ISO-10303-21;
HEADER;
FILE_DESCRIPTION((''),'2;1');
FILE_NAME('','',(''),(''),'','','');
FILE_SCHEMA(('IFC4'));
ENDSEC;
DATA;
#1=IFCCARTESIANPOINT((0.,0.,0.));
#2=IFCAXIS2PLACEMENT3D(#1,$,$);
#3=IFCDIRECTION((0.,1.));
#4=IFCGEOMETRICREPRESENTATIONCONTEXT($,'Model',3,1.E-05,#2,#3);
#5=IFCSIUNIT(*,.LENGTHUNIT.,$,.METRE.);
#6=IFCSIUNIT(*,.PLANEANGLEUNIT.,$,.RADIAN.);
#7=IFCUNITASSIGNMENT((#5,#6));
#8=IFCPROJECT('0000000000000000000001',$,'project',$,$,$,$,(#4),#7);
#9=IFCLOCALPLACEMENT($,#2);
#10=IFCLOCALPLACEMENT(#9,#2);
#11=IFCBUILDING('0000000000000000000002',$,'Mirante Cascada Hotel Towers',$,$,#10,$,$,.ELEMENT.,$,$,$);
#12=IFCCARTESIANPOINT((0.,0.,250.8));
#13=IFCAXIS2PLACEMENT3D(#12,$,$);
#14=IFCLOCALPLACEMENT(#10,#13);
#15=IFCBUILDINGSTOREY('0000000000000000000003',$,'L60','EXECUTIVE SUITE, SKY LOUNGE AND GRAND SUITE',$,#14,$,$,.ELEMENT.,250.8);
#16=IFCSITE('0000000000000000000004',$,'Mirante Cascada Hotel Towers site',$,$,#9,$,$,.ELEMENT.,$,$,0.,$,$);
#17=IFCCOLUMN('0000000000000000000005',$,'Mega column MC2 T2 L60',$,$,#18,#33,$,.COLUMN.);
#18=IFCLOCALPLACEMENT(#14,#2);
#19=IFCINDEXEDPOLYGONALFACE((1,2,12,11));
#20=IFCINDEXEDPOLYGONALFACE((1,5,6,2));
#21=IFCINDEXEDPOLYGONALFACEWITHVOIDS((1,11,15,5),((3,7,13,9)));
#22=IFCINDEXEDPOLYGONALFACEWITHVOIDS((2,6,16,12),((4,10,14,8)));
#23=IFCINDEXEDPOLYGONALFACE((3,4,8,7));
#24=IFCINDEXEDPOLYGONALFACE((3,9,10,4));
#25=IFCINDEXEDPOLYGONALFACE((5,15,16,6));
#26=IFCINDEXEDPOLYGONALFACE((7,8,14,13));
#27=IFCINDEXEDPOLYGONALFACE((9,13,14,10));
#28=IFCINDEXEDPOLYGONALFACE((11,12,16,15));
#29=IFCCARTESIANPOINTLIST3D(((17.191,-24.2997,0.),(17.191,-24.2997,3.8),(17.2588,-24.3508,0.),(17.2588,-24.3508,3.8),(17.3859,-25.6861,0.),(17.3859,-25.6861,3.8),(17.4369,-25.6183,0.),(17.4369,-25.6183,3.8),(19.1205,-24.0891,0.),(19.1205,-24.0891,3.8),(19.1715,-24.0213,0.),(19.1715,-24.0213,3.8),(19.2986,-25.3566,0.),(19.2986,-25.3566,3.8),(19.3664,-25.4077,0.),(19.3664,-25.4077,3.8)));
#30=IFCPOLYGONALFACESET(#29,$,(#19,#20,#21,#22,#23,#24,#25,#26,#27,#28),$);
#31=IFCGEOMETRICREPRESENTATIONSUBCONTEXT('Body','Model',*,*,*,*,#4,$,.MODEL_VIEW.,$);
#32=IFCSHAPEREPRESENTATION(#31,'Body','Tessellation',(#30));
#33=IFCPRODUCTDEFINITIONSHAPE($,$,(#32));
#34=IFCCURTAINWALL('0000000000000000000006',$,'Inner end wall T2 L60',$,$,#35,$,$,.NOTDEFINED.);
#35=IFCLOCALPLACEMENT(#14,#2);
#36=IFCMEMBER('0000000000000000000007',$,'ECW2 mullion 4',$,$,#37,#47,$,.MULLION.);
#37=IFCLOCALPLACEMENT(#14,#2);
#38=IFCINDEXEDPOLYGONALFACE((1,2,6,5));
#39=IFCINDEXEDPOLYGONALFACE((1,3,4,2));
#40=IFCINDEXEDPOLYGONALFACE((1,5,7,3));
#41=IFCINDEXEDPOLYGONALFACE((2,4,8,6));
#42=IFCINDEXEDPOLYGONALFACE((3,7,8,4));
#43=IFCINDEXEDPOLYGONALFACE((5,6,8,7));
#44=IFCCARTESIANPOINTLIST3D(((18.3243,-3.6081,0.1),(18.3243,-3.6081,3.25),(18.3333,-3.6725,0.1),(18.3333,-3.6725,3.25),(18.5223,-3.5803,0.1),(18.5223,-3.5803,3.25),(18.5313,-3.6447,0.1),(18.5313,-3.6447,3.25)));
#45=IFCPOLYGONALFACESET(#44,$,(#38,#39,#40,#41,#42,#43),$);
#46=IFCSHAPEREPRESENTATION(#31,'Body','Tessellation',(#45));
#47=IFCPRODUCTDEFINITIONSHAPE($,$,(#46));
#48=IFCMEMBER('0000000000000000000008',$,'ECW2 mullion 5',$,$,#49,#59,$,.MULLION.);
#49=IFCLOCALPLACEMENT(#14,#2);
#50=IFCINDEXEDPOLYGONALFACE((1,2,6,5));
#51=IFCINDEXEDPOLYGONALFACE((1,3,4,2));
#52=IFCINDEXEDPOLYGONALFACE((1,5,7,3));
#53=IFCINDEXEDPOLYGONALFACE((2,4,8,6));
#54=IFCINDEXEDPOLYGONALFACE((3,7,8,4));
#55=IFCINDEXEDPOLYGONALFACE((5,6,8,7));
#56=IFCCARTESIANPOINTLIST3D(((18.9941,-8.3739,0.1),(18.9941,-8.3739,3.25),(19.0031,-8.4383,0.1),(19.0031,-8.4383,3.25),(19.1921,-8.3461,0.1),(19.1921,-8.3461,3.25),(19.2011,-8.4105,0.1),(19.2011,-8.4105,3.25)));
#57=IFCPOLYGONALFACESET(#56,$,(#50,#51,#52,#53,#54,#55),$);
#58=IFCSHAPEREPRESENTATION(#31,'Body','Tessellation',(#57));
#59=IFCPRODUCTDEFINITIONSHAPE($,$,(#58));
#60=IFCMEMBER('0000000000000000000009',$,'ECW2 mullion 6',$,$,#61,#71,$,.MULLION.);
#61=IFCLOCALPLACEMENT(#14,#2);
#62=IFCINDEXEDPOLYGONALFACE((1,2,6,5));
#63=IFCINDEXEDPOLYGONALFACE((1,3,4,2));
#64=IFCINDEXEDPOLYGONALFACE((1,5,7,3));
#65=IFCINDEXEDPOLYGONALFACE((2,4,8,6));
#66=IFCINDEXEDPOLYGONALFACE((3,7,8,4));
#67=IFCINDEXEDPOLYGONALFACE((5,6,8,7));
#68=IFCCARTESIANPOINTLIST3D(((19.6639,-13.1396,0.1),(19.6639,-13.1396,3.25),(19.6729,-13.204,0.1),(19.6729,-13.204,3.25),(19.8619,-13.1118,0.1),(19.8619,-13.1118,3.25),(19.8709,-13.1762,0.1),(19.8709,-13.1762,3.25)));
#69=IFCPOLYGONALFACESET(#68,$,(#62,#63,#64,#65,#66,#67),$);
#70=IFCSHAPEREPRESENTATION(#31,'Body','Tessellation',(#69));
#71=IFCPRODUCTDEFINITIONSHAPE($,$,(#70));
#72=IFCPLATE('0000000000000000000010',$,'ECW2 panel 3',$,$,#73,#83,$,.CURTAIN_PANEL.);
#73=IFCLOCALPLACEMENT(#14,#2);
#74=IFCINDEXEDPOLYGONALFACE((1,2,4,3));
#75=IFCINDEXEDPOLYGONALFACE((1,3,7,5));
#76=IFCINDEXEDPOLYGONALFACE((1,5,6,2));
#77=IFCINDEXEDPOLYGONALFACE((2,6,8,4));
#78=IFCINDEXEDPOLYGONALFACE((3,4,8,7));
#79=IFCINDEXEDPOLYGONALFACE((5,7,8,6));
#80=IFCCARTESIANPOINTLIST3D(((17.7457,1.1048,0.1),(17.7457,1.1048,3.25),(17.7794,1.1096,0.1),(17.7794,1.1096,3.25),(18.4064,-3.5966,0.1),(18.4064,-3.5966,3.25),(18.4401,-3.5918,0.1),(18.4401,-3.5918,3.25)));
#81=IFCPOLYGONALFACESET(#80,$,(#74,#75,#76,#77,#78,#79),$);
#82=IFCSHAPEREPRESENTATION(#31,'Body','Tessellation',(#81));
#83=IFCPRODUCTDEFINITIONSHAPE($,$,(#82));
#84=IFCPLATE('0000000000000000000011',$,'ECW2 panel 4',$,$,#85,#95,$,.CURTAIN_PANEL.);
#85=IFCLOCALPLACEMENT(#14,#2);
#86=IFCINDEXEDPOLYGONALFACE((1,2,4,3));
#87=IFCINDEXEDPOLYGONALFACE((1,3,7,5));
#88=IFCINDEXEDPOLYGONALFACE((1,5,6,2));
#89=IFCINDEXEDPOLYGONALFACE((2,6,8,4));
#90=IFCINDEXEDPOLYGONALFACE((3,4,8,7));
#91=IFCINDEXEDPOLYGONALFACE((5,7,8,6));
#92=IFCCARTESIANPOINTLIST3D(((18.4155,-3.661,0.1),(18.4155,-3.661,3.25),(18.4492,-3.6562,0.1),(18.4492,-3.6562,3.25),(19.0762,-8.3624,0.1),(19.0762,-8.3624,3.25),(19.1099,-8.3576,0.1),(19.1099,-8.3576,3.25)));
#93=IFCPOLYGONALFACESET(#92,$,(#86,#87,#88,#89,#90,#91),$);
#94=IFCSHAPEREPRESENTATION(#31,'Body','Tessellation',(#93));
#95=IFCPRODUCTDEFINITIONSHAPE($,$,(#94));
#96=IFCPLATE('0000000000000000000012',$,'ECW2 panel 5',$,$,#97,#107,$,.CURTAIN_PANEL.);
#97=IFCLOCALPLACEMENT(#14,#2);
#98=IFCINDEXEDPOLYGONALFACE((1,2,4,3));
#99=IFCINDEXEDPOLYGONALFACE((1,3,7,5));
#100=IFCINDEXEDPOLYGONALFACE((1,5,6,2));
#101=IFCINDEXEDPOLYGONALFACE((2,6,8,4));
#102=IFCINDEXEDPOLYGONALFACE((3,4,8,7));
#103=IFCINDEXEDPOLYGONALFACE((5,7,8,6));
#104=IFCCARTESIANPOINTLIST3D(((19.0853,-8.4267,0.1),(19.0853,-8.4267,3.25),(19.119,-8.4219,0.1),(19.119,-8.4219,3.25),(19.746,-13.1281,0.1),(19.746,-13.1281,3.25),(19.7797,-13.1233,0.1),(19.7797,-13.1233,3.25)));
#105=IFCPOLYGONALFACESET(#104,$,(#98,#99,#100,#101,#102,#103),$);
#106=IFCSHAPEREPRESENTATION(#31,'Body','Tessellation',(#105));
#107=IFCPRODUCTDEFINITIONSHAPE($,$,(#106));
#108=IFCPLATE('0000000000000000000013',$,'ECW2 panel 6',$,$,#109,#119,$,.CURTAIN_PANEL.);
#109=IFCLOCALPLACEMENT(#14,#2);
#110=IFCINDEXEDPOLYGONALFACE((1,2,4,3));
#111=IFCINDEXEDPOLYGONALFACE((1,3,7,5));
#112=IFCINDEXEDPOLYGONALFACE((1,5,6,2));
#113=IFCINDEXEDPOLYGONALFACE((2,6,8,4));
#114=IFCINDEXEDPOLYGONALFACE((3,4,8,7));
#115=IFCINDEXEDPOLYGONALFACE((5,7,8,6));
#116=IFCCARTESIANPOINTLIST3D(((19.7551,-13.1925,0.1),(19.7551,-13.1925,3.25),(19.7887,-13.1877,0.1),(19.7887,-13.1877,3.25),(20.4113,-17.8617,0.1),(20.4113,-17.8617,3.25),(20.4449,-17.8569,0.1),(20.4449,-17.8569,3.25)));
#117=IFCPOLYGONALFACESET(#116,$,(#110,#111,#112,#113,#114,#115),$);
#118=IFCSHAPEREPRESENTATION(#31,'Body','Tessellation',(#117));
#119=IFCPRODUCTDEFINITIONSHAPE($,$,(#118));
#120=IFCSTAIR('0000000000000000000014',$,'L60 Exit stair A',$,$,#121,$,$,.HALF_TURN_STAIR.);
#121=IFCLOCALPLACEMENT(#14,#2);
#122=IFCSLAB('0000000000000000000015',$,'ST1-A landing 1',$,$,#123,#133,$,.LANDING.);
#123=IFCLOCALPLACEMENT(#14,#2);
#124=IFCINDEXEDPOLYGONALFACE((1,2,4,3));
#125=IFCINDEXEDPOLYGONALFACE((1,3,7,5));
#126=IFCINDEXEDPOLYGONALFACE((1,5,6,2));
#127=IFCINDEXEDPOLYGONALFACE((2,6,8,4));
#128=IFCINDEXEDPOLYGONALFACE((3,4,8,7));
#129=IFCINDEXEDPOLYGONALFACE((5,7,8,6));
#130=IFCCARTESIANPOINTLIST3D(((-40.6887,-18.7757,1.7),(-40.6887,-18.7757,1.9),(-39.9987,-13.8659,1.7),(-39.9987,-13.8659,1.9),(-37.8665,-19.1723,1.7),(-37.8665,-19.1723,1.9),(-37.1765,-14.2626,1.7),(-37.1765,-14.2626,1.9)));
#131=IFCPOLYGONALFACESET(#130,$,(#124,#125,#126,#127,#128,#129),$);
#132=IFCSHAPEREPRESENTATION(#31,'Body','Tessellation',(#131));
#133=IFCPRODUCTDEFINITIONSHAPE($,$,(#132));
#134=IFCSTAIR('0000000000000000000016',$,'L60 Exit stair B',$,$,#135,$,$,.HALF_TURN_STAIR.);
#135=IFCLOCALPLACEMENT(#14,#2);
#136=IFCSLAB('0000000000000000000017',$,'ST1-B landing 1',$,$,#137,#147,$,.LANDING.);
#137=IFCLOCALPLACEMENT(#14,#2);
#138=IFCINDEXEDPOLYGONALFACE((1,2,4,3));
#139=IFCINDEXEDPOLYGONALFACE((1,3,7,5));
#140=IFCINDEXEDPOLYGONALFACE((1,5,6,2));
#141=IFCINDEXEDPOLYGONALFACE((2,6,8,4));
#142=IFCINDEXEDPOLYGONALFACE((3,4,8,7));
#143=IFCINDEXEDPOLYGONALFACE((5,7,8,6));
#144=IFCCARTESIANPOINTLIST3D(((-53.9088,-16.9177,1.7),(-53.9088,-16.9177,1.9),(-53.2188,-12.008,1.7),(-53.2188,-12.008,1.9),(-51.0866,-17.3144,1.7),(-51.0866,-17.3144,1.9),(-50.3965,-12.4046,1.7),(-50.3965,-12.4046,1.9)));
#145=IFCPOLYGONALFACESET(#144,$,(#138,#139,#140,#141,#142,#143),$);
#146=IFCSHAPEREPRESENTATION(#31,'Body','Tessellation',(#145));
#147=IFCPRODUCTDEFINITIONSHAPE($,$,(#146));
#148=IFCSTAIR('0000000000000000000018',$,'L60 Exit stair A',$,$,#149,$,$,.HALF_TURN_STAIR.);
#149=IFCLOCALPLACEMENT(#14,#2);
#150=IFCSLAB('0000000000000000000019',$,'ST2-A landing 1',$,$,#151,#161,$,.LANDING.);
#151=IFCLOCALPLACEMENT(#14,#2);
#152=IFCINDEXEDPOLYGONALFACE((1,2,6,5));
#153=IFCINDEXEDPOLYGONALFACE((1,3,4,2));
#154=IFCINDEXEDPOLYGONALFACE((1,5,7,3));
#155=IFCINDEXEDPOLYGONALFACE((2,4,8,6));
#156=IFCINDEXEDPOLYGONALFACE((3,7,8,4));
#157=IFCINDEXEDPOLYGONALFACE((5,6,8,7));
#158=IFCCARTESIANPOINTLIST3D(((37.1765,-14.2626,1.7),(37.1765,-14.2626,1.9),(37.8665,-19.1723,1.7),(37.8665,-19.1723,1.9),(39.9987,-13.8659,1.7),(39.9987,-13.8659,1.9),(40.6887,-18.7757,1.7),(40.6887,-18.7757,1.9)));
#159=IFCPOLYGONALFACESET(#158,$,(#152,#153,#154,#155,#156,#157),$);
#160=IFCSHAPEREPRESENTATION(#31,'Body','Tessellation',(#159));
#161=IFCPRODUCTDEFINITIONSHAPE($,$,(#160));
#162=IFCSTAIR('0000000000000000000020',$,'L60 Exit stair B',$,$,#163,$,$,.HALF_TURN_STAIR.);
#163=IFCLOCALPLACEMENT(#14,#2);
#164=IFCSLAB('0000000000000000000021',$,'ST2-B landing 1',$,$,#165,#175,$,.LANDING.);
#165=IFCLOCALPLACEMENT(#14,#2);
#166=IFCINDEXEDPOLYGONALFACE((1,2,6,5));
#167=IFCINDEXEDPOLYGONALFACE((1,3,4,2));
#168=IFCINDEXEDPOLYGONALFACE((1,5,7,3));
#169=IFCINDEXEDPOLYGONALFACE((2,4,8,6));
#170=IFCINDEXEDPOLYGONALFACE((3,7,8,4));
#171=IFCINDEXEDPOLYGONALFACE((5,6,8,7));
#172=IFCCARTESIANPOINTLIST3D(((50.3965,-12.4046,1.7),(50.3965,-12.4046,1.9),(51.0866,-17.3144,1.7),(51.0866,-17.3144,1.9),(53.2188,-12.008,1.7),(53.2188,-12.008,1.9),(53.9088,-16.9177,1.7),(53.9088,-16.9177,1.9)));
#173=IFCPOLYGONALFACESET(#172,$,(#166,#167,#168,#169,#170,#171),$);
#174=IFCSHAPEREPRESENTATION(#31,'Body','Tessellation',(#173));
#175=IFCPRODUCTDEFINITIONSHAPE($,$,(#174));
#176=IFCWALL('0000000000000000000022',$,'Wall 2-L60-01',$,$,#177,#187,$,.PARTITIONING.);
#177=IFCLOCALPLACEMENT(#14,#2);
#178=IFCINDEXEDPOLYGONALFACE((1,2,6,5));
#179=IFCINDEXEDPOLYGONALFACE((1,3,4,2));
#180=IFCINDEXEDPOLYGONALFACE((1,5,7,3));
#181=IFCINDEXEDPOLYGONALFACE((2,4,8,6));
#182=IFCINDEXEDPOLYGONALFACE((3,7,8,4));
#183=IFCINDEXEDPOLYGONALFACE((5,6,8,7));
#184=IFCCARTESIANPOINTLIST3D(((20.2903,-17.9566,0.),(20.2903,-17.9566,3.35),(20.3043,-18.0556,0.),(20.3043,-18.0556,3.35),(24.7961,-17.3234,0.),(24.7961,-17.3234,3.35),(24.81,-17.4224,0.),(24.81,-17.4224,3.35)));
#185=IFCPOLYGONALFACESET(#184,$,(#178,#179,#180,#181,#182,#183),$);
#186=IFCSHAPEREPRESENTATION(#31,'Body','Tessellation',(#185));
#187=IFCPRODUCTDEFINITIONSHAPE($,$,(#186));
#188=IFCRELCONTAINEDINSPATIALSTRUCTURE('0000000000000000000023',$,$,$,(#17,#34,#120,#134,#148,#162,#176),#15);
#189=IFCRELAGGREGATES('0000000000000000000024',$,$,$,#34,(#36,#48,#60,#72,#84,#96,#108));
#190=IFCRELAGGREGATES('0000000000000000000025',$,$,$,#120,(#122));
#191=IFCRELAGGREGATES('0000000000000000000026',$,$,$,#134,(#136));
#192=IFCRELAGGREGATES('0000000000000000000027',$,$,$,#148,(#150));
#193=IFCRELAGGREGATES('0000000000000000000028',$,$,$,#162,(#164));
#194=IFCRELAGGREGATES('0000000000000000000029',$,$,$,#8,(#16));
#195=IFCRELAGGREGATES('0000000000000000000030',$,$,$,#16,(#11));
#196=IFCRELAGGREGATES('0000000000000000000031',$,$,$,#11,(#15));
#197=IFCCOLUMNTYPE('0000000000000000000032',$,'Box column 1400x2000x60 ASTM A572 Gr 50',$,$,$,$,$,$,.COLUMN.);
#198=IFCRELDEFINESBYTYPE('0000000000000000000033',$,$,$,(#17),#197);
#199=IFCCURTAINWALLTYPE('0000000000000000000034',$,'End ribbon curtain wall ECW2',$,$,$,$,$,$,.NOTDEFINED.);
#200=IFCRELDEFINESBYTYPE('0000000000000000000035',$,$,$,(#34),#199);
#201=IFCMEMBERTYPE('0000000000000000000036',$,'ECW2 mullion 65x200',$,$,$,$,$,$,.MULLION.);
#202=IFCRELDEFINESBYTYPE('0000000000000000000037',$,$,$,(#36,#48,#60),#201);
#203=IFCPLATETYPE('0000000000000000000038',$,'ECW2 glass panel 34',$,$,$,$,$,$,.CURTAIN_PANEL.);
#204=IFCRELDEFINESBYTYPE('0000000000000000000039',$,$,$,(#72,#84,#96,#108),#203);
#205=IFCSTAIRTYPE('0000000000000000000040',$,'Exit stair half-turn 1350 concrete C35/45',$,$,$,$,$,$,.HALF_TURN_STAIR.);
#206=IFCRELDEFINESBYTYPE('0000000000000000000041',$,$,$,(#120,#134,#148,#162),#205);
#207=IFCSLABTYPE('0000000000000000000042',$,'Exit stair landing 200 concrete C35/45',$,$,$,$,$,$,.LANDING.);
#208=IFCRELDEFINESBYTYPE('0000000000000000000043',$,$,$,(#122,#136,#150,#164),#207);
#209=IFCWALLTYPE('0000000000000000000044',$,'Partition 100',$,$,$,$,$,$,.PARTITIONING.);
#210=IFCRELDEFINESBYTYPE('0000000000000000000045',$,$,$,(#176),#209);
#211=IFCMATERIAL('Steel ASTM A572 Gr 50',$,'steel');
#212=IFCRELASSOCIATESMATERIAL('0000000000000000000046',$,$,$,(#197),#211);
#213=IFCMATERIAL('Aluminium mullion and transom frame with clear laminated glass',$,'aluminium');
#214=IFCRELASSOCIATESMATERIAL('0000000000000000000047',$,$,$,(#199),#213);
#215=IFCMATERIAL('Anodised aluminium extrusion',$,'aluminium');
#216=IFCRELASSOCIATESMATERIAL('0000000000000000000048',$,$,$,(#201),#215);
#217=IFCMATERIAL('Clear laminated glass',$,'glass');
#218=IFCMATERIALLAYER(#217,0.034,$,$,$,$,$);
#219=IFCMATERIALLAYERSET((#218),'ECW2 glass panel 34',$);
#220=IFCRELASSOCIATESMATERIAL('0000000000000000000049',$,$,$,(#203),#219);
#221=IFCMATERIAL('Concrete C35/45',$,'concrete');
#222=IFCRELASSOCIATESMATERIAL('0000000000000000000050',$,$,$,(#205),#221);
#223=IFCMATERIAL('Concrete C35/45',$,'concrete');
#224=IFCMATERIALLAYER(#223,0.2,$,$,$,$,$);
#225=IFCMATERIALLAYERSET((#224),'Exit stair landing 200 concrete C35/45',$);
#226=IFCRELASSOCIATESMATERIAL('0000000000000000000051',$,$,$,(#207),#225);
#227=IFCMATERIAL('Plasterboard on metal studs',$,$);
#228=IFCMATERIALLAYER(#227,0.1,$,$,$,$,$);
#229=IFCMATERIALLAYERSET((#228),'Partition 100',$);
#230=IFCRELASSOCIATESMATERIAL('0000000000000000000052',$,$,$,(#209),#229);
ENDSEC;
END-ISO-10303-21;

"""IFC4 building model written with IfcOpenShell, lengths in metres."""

from ifc_helpers import new_model, si_unit, direction, frame, frame_2d, origin, origin_2d, place, context, subcontext, project, spatial, polyline, rectangle, hollow_rectangle, outline, extrude, material, layer, layer_set, material_profile, profile_set, type_object, element, aggregate, save


model = new_model("IFC4")

# Units and contexts
model_context = context("Model", 3, precision=1e-05, world=origin(), true_north=direction((0.0, 1.0)))
body_context = subcontext(model_context, "Body", "Model", "MODEL_VIEW")
ifc_project = project(units=[si_unit("LENGTHUNIT", "METRE"), si_unit("PLANEANGLEUNIT", "RADIAN")], contexts=[model_context])

# Site, building, storey
site_placement = place(None, origin())
site = spatial("IfcSite", under=ifc_project, at=site_placement, Name="Mirante Cascada Hotel Towers site", CompositionType="ELEMENT", RefElevation=0.0)
building_placement = place(site_placement, origin())
building = spatial("IfcBuilding", under=site, at=building_placement, Name="Mirante Cascada Hotel Towers", CompositionType="ELEMENT")
storey_placement = place(building_placement, frame((0.0, 0.0, 250.8)))
storey = spatial("IfcBuildingStorey", under=building, at=storey_placement, Name="L60", Description="EXECUTIVE SUITE, SKY LOUNGE AND GRAND SUITE", CompositionType="ELEMENT", Elevation=250.8)

# Column
ifc_material_1 = material(Name="Steel ASTM A572 Gr 50", Category="steel")
ifc_material_profile_1 = material_profile(ifc_material_1, hollow_rectangle(XDim=2.0, YDim=1.4, WallThickness=0.06, at=origin_2d()), Name="Box column 1400x2000x60 ASTM A572 Gr 50")
ifc_profile_set_1 = profile_set([ifc_material_profile_1], Name="Steel ASTM A572 Gr 50")
column_type = type_object("IfcColumnType", Name="Box column 1400x2000x60 ASTM A572 Gr 50", PredefinedType="COLUMN", material=ifc_profile_set_1)
column_placement = place(storey_placement, frame((18.2787, -24.8537, 0.0), z_axis=(0.0, 0.0, 1.0), x_axis=(0.990268, 0.139173, 0.0)))
element("IfcColumn", 1, at=column_placement, inside=storey, type_object=column_type, Name="Mega column MC2 T2 L60", PredefinedType="COLUMN", context=body_context, shape_type="SweptSolid", body=[
    extrude(hollow_rectangle(XDim=2.0, YDim=1.4, WallThickness=0.06, at=origin_2d()), origin(), (0.0, 0.0, 1.0), 3.8),
])

# Curtain wall, members, plates
ifc_material_2 = material(Name="Aluminium mullion and transom frame with clear laminated glass", Category="aluminium")
curtain_wall_type = type_object("IfcCurtainWallType", Name="End ribbon curtain wall ECW2", PredefinedType="NOTDEFINED", material=ifc_material_2)
curtain_wall_placement = place(storey_placement, origin())
curtain_wall = element("IfcCurtainWall", 2, at=curtain_wall_placement, inside=storey, type_object=curtain_wall_type, Name="Inner end wall T2 L60", PredefinedType="NOTDEFINED")
ifc_material_3 = material(Name="Anodised aluminium extrusion", Category="aluminium")
ifc_material_profile_2 = material_profile(ifc_material_3, rectangle(XDim=0.2, YDim=0.065, at=origin_2d()), Name="ECW2 MULLION 65x200")
ifc_profile_set_2 = profile_set([ifc_material_profile_2], Name="Anodised aluminium extrusion")
member_type = type_object("IfcMemberType", Name="ECW2 mullion 65x200", PredefinedType="MULLION", material=ifc_profile_set_2)
member_1_placement = place(storey_placement, frame((18.4278, -3.6264, 0.1), z_axis=(0.0, 0.0, 1.0), x_axis=(0.990268, 0.139173, 0.0)))
member_1 = element("IfcMember", 3, at=member_1_placement, type_object=member_type, Name="ECW2 mullion 4", PredefinedType="MULLION", context=body_context, shape_type="SweptSolid", body=[
    extrude(rectangle(XDim=0.2, YDim=0.065, at=origin_2d()), origin(), (0.0, 0.0, 1.0), 3.15),
])
member_2_placement = place(storey_placement, frame((19.0976, -8.3922, 0.1), z_axis=(0.0, 0.0, 1.0), x_axis=(0.990268, 0.139173, 0.0)))
member_2 = element("IfcMember", 4, at=member_2_placement, type_object=member_type, Name="ECW2 mullion 5", PredefinedType="MULLION", context=body_context, shape_type="SweptSolid", body=[
    extrude(rectangle(XDim=0.2, YDim=0.065, at=origin_2d()), origin(), (0.0, 0.0, 1.0), 3.15),
])
member_3_placement = place(storey_placement, frame((19.7674, -13.1579, 0.1), z_axis=(0.0, 0.0, 1.0), x_axis=(0.990268, 0.139173, 0.0)))
member_3 = element("IfcMember", 5, at=member_3_placement, type_object=member_type, Name="ECW2 mullion 6", PredefinedType="MULLION", context=body_context, shape_type="SweptSolid", body=[
    extrude(rectangle(XDim=0.2, YDim=0.065, at=origin_2d()), origin(), (0.0, 0.0, 1.0), 3.15),
])
ifc_material_4 = material(Name="Clear laminated glass", Category="glass")
ifc_layer_1 = layer(ifc_material_4, 0.034)
ifc_layer_set_1 = layer_set([ifc_layer_1], Name="ECW2 glass panel 34")
plate_type = type_object("IfcPlateType", Name="ECW2 glass panel 34", PredefinedType="CURTAIN_PANEL", material=ifc_layer_set_1)
plate_1_placement = place(storey_placement, frame((18.0929, -1.2435, 0.1), z_axis=(0.0, 0.0, 1.0), x_axis=(0.139173, -0.990268, 0.0)))
plate_1 = element("IfcPlate", 6, at=plate_1_placement, type_object=plate_type, Name="ECW2 panel 3", PredefinedType="CURTAIN_PANEL", context=body_context, shape_type="SweptSolid", body=[
    extrude(rectangle(XDim=4.7476, YDim=0.034, at=origin_2d()), origin(), (0.0, 0.0, 1.0), 3.15),
])
plate_2_placement = place(storey_placement, frame((18.7627, -6.0093, 0.1), z_axis=(0.0, 0.0, 1.0), x_axis=(0.139173, -0.990268, 0.0)))
plate_2 = element("IfcPlate", 7, at=plate_2_placement, type_object=plate_type, Name="ECW2 panel 4", PredefinedType="CURTAIN_PANEL", context=body_context, shape_type="SweptSolid", body=[
    extrude(rectangle(XDim=4.7476, YDim=0.034, at=origin_2d()), origin(), (0.0, 0.0, 1.0), 3.15),
])
plate_3_placement = place(storey_placement, frame((19.4325, -10.775, 0.1), z_axis=(0.0, 0.0, 1.0), x_axis=(0.139173, -0.990268, 0.0)))
plate_3 = element("IfcPlate", 8, at=plate_3_placement, type_object=plate_type, Name="ECW2 panel 5", PredefinedType="CURTAIN_PANEL", context=body_context, shape_type="SweptSolid", body=[
    extrude(rectangle(XDim=4.7476, YDim=0.034, at=origin_2d()), origin(), (0.0, 0.0, 1.0), 3.15),
])
plate_4_placement = place(storey_placement, frame((20.1, -15.5247, 0.1), z_axis=(0.0, 0.0, 1.0), x_axis=(0.139173, -0.990268, 0.0)))
plate_4 = element("IfcPlate", 9, at=plate_4_placement, type_object=plate_type, Name="ECW2 panel 6", PredefinedType="CURTAIN_PANEL", context=body_context, shape_type="SweptSolid", body=[
    extrude(rectangle(XDim=4.7151, YDim=0.034, at=origin_2d()), origin(), (0.0, 0.0, 1.0), 3.15),
])
aggregate(curtain_wall, [member_1, member_2, member_3, plate_1, plate_2, plate_3, plate_4])

# Stairs, slabs
ifc_material_5 = material(Name="Concrete C35/45", Category="concrete")
stair_type = type_object("IfcStairType", Name="Exit stair half-turn 1350 concrete C35/45", PredefinedType="HALF_TURN_STAIR", material=ifc_material_5)
stair_1_placement = place(storey_placement, origin())
stair_1 = element("IfcStair", 10, at=stair_1_placement, inside=storey, type_object=stair_type, Name="L60 Exit stair A", PredefinedType="HALF_TURN_STAIR")
ifc_material_6 = material(Name="Concrete C35/45", Category="concrete")
ifc_layer_2 = layer(ifc_material_6, 0.2)
ifc_layer_set_2 = layer_set([ifc_layer_2], Name="Exit stair landing 200 concrete C35/45")
slab_type = type_object("IfcSlabType", Name="Exit stair landing 200 concrete C35/45", PredefinedType="LANDING", material=ifc_layer_set_2)
slab_1_placement = place(storey_placement, frame((0.0, 0.0, 1.7)))
slab_1 = element("IfcSlab", 11, at=slab_1_placement, type_object=slab_type, Name="ST1-A landing 1", PredefinedType="LANDING", context=body_context, shape_type="SweptSolid", body=[
    extrude(outline(polyline([(-39.9987, -13.8659), (-40.6887, -18.7757), (-37.8665, -19.1723), (-37.1765, -14.2626), (-39.9987, -13.8659)])), origin(), (0.0, 0.0, 1.0), 0.2),
])
aggregate(stair_1, [slab_1])
stair_2_placement = place(storey_placement, origin())
stair_2 = element("IfcStair", 12, at=stair_2_placement, inside=storey, type_object=stair_type, Name="L60 Exit stair B", PredefinedType="HALF_TURN_STAIR")
slab_2_placement = place(storey_placement, frame((0.0, 0.0, 1.7)))
slab_2 = element("IfcSlab", 13, at=slab_2_placement, type_object=slab_type, Name="ST1-B landing 1", PredefinedType="LANDING", context=body_context, shape_type="SweptSolid", body=[
    extrude(outline(polyline([(-53.2188, -12.008), (-53.9088, -16.9177), (-51.0866, -17.3144), (-50.3965, -12.4046), (-53.2188, -12.008)])), origin(), (0.0, 0.0, 1.0), 0.2),
])
aggregate(stair_2, [slab_2])
stair_3_placement = place(storey_placement, origin())
stair_3 = element("IfcStair", 14, at=stair_3_placement, inside=storey, type_object=stair_type, Name="L60 Exit stair A", PredefinedType="HALF_TURN_STAIR")
slab_3_placement = place(storey_placement, frame((0.0, 0.0, 1.7)))
slab_3 = element("IfcSlab", 15, at=slab_3_placement, type_object=slab_type, Name="ST2-A landing 1", PredefinedType="LANDING", context=body_context, shape_type="SweptSolid", body=[
    extrude(outline(polyline([(37.1765, -14.2626), (37.8665, -19.1723), (40.6887, -18.7757), (39.9987, -13.8659), (37.1765, -14.2626)])), origin(), (0.0, 0.0, 1.0), 0.2),
])
aggregate(stair_3, [slab_3])
stair_4_placement = place(storey_placement, origin())
stair_4 = element("IfcStair", 16, at=stair_4_placement, inside=storey, type_object=stair_type, Name="L60 Exit stair B", PredefinedType="HALF_TURN_STAIR")
slab_4_placement = place(storey_placement, frame((0.0, 0.0, 1.7)))
slab_4 = element("IfcSlab", 17, at=slab_4_placement, type_object=slab_type, Name="ST2-B landing 1", PredefinedType="LANDING", context=body_context, shape_type="SweptSolid", body=[
    extrude(outline(polyline([(50.3965, -12.4046), (51.0866, -17.3144), (53.9088, -16.9177), (53.2188, -12.008), (50.3965, -12.4046)])), origin(), (0.0, 0.0, 1.0), 0.2),
])
aggregate(stair_4, [slab_4])

# Wall
ifc_material_7 = material(Name="Plasterboard on metal studs")
ifc_layer_3 = layer(ifc_material_7, 0.1)
ifc_layer_set_3 = layer_set([ifc_layer_3], Name="Partition 100")
wall_type = type_object("IfcWallType", Name="Partition 100", PredefinedType="PARTITIONING", material=ifc_layer_set_3)
wall_1_placement = place(storey_placement, frame((20.2973, -18.0061, 0.0), z_axis=(0.0, 0.0, 1.0), x_axis=(0.990269, 0.139166, 0.0)))
element("IfcWall", 18, at=wall_1_placement, inside=storey, type_object=wall_type, Name="Wall 2-L60-01", PredefinedType="PARTITIONING", context=body_context, shape_type="SweptSolid", body=[
    extrude(rectangle(XDim=4.55, YDim=0.1, at=frame_2d((2.275, 0.0))), origin(), (0.0, 0.0, 1.0), 3.35),
])

save(model, "model.ifc")
